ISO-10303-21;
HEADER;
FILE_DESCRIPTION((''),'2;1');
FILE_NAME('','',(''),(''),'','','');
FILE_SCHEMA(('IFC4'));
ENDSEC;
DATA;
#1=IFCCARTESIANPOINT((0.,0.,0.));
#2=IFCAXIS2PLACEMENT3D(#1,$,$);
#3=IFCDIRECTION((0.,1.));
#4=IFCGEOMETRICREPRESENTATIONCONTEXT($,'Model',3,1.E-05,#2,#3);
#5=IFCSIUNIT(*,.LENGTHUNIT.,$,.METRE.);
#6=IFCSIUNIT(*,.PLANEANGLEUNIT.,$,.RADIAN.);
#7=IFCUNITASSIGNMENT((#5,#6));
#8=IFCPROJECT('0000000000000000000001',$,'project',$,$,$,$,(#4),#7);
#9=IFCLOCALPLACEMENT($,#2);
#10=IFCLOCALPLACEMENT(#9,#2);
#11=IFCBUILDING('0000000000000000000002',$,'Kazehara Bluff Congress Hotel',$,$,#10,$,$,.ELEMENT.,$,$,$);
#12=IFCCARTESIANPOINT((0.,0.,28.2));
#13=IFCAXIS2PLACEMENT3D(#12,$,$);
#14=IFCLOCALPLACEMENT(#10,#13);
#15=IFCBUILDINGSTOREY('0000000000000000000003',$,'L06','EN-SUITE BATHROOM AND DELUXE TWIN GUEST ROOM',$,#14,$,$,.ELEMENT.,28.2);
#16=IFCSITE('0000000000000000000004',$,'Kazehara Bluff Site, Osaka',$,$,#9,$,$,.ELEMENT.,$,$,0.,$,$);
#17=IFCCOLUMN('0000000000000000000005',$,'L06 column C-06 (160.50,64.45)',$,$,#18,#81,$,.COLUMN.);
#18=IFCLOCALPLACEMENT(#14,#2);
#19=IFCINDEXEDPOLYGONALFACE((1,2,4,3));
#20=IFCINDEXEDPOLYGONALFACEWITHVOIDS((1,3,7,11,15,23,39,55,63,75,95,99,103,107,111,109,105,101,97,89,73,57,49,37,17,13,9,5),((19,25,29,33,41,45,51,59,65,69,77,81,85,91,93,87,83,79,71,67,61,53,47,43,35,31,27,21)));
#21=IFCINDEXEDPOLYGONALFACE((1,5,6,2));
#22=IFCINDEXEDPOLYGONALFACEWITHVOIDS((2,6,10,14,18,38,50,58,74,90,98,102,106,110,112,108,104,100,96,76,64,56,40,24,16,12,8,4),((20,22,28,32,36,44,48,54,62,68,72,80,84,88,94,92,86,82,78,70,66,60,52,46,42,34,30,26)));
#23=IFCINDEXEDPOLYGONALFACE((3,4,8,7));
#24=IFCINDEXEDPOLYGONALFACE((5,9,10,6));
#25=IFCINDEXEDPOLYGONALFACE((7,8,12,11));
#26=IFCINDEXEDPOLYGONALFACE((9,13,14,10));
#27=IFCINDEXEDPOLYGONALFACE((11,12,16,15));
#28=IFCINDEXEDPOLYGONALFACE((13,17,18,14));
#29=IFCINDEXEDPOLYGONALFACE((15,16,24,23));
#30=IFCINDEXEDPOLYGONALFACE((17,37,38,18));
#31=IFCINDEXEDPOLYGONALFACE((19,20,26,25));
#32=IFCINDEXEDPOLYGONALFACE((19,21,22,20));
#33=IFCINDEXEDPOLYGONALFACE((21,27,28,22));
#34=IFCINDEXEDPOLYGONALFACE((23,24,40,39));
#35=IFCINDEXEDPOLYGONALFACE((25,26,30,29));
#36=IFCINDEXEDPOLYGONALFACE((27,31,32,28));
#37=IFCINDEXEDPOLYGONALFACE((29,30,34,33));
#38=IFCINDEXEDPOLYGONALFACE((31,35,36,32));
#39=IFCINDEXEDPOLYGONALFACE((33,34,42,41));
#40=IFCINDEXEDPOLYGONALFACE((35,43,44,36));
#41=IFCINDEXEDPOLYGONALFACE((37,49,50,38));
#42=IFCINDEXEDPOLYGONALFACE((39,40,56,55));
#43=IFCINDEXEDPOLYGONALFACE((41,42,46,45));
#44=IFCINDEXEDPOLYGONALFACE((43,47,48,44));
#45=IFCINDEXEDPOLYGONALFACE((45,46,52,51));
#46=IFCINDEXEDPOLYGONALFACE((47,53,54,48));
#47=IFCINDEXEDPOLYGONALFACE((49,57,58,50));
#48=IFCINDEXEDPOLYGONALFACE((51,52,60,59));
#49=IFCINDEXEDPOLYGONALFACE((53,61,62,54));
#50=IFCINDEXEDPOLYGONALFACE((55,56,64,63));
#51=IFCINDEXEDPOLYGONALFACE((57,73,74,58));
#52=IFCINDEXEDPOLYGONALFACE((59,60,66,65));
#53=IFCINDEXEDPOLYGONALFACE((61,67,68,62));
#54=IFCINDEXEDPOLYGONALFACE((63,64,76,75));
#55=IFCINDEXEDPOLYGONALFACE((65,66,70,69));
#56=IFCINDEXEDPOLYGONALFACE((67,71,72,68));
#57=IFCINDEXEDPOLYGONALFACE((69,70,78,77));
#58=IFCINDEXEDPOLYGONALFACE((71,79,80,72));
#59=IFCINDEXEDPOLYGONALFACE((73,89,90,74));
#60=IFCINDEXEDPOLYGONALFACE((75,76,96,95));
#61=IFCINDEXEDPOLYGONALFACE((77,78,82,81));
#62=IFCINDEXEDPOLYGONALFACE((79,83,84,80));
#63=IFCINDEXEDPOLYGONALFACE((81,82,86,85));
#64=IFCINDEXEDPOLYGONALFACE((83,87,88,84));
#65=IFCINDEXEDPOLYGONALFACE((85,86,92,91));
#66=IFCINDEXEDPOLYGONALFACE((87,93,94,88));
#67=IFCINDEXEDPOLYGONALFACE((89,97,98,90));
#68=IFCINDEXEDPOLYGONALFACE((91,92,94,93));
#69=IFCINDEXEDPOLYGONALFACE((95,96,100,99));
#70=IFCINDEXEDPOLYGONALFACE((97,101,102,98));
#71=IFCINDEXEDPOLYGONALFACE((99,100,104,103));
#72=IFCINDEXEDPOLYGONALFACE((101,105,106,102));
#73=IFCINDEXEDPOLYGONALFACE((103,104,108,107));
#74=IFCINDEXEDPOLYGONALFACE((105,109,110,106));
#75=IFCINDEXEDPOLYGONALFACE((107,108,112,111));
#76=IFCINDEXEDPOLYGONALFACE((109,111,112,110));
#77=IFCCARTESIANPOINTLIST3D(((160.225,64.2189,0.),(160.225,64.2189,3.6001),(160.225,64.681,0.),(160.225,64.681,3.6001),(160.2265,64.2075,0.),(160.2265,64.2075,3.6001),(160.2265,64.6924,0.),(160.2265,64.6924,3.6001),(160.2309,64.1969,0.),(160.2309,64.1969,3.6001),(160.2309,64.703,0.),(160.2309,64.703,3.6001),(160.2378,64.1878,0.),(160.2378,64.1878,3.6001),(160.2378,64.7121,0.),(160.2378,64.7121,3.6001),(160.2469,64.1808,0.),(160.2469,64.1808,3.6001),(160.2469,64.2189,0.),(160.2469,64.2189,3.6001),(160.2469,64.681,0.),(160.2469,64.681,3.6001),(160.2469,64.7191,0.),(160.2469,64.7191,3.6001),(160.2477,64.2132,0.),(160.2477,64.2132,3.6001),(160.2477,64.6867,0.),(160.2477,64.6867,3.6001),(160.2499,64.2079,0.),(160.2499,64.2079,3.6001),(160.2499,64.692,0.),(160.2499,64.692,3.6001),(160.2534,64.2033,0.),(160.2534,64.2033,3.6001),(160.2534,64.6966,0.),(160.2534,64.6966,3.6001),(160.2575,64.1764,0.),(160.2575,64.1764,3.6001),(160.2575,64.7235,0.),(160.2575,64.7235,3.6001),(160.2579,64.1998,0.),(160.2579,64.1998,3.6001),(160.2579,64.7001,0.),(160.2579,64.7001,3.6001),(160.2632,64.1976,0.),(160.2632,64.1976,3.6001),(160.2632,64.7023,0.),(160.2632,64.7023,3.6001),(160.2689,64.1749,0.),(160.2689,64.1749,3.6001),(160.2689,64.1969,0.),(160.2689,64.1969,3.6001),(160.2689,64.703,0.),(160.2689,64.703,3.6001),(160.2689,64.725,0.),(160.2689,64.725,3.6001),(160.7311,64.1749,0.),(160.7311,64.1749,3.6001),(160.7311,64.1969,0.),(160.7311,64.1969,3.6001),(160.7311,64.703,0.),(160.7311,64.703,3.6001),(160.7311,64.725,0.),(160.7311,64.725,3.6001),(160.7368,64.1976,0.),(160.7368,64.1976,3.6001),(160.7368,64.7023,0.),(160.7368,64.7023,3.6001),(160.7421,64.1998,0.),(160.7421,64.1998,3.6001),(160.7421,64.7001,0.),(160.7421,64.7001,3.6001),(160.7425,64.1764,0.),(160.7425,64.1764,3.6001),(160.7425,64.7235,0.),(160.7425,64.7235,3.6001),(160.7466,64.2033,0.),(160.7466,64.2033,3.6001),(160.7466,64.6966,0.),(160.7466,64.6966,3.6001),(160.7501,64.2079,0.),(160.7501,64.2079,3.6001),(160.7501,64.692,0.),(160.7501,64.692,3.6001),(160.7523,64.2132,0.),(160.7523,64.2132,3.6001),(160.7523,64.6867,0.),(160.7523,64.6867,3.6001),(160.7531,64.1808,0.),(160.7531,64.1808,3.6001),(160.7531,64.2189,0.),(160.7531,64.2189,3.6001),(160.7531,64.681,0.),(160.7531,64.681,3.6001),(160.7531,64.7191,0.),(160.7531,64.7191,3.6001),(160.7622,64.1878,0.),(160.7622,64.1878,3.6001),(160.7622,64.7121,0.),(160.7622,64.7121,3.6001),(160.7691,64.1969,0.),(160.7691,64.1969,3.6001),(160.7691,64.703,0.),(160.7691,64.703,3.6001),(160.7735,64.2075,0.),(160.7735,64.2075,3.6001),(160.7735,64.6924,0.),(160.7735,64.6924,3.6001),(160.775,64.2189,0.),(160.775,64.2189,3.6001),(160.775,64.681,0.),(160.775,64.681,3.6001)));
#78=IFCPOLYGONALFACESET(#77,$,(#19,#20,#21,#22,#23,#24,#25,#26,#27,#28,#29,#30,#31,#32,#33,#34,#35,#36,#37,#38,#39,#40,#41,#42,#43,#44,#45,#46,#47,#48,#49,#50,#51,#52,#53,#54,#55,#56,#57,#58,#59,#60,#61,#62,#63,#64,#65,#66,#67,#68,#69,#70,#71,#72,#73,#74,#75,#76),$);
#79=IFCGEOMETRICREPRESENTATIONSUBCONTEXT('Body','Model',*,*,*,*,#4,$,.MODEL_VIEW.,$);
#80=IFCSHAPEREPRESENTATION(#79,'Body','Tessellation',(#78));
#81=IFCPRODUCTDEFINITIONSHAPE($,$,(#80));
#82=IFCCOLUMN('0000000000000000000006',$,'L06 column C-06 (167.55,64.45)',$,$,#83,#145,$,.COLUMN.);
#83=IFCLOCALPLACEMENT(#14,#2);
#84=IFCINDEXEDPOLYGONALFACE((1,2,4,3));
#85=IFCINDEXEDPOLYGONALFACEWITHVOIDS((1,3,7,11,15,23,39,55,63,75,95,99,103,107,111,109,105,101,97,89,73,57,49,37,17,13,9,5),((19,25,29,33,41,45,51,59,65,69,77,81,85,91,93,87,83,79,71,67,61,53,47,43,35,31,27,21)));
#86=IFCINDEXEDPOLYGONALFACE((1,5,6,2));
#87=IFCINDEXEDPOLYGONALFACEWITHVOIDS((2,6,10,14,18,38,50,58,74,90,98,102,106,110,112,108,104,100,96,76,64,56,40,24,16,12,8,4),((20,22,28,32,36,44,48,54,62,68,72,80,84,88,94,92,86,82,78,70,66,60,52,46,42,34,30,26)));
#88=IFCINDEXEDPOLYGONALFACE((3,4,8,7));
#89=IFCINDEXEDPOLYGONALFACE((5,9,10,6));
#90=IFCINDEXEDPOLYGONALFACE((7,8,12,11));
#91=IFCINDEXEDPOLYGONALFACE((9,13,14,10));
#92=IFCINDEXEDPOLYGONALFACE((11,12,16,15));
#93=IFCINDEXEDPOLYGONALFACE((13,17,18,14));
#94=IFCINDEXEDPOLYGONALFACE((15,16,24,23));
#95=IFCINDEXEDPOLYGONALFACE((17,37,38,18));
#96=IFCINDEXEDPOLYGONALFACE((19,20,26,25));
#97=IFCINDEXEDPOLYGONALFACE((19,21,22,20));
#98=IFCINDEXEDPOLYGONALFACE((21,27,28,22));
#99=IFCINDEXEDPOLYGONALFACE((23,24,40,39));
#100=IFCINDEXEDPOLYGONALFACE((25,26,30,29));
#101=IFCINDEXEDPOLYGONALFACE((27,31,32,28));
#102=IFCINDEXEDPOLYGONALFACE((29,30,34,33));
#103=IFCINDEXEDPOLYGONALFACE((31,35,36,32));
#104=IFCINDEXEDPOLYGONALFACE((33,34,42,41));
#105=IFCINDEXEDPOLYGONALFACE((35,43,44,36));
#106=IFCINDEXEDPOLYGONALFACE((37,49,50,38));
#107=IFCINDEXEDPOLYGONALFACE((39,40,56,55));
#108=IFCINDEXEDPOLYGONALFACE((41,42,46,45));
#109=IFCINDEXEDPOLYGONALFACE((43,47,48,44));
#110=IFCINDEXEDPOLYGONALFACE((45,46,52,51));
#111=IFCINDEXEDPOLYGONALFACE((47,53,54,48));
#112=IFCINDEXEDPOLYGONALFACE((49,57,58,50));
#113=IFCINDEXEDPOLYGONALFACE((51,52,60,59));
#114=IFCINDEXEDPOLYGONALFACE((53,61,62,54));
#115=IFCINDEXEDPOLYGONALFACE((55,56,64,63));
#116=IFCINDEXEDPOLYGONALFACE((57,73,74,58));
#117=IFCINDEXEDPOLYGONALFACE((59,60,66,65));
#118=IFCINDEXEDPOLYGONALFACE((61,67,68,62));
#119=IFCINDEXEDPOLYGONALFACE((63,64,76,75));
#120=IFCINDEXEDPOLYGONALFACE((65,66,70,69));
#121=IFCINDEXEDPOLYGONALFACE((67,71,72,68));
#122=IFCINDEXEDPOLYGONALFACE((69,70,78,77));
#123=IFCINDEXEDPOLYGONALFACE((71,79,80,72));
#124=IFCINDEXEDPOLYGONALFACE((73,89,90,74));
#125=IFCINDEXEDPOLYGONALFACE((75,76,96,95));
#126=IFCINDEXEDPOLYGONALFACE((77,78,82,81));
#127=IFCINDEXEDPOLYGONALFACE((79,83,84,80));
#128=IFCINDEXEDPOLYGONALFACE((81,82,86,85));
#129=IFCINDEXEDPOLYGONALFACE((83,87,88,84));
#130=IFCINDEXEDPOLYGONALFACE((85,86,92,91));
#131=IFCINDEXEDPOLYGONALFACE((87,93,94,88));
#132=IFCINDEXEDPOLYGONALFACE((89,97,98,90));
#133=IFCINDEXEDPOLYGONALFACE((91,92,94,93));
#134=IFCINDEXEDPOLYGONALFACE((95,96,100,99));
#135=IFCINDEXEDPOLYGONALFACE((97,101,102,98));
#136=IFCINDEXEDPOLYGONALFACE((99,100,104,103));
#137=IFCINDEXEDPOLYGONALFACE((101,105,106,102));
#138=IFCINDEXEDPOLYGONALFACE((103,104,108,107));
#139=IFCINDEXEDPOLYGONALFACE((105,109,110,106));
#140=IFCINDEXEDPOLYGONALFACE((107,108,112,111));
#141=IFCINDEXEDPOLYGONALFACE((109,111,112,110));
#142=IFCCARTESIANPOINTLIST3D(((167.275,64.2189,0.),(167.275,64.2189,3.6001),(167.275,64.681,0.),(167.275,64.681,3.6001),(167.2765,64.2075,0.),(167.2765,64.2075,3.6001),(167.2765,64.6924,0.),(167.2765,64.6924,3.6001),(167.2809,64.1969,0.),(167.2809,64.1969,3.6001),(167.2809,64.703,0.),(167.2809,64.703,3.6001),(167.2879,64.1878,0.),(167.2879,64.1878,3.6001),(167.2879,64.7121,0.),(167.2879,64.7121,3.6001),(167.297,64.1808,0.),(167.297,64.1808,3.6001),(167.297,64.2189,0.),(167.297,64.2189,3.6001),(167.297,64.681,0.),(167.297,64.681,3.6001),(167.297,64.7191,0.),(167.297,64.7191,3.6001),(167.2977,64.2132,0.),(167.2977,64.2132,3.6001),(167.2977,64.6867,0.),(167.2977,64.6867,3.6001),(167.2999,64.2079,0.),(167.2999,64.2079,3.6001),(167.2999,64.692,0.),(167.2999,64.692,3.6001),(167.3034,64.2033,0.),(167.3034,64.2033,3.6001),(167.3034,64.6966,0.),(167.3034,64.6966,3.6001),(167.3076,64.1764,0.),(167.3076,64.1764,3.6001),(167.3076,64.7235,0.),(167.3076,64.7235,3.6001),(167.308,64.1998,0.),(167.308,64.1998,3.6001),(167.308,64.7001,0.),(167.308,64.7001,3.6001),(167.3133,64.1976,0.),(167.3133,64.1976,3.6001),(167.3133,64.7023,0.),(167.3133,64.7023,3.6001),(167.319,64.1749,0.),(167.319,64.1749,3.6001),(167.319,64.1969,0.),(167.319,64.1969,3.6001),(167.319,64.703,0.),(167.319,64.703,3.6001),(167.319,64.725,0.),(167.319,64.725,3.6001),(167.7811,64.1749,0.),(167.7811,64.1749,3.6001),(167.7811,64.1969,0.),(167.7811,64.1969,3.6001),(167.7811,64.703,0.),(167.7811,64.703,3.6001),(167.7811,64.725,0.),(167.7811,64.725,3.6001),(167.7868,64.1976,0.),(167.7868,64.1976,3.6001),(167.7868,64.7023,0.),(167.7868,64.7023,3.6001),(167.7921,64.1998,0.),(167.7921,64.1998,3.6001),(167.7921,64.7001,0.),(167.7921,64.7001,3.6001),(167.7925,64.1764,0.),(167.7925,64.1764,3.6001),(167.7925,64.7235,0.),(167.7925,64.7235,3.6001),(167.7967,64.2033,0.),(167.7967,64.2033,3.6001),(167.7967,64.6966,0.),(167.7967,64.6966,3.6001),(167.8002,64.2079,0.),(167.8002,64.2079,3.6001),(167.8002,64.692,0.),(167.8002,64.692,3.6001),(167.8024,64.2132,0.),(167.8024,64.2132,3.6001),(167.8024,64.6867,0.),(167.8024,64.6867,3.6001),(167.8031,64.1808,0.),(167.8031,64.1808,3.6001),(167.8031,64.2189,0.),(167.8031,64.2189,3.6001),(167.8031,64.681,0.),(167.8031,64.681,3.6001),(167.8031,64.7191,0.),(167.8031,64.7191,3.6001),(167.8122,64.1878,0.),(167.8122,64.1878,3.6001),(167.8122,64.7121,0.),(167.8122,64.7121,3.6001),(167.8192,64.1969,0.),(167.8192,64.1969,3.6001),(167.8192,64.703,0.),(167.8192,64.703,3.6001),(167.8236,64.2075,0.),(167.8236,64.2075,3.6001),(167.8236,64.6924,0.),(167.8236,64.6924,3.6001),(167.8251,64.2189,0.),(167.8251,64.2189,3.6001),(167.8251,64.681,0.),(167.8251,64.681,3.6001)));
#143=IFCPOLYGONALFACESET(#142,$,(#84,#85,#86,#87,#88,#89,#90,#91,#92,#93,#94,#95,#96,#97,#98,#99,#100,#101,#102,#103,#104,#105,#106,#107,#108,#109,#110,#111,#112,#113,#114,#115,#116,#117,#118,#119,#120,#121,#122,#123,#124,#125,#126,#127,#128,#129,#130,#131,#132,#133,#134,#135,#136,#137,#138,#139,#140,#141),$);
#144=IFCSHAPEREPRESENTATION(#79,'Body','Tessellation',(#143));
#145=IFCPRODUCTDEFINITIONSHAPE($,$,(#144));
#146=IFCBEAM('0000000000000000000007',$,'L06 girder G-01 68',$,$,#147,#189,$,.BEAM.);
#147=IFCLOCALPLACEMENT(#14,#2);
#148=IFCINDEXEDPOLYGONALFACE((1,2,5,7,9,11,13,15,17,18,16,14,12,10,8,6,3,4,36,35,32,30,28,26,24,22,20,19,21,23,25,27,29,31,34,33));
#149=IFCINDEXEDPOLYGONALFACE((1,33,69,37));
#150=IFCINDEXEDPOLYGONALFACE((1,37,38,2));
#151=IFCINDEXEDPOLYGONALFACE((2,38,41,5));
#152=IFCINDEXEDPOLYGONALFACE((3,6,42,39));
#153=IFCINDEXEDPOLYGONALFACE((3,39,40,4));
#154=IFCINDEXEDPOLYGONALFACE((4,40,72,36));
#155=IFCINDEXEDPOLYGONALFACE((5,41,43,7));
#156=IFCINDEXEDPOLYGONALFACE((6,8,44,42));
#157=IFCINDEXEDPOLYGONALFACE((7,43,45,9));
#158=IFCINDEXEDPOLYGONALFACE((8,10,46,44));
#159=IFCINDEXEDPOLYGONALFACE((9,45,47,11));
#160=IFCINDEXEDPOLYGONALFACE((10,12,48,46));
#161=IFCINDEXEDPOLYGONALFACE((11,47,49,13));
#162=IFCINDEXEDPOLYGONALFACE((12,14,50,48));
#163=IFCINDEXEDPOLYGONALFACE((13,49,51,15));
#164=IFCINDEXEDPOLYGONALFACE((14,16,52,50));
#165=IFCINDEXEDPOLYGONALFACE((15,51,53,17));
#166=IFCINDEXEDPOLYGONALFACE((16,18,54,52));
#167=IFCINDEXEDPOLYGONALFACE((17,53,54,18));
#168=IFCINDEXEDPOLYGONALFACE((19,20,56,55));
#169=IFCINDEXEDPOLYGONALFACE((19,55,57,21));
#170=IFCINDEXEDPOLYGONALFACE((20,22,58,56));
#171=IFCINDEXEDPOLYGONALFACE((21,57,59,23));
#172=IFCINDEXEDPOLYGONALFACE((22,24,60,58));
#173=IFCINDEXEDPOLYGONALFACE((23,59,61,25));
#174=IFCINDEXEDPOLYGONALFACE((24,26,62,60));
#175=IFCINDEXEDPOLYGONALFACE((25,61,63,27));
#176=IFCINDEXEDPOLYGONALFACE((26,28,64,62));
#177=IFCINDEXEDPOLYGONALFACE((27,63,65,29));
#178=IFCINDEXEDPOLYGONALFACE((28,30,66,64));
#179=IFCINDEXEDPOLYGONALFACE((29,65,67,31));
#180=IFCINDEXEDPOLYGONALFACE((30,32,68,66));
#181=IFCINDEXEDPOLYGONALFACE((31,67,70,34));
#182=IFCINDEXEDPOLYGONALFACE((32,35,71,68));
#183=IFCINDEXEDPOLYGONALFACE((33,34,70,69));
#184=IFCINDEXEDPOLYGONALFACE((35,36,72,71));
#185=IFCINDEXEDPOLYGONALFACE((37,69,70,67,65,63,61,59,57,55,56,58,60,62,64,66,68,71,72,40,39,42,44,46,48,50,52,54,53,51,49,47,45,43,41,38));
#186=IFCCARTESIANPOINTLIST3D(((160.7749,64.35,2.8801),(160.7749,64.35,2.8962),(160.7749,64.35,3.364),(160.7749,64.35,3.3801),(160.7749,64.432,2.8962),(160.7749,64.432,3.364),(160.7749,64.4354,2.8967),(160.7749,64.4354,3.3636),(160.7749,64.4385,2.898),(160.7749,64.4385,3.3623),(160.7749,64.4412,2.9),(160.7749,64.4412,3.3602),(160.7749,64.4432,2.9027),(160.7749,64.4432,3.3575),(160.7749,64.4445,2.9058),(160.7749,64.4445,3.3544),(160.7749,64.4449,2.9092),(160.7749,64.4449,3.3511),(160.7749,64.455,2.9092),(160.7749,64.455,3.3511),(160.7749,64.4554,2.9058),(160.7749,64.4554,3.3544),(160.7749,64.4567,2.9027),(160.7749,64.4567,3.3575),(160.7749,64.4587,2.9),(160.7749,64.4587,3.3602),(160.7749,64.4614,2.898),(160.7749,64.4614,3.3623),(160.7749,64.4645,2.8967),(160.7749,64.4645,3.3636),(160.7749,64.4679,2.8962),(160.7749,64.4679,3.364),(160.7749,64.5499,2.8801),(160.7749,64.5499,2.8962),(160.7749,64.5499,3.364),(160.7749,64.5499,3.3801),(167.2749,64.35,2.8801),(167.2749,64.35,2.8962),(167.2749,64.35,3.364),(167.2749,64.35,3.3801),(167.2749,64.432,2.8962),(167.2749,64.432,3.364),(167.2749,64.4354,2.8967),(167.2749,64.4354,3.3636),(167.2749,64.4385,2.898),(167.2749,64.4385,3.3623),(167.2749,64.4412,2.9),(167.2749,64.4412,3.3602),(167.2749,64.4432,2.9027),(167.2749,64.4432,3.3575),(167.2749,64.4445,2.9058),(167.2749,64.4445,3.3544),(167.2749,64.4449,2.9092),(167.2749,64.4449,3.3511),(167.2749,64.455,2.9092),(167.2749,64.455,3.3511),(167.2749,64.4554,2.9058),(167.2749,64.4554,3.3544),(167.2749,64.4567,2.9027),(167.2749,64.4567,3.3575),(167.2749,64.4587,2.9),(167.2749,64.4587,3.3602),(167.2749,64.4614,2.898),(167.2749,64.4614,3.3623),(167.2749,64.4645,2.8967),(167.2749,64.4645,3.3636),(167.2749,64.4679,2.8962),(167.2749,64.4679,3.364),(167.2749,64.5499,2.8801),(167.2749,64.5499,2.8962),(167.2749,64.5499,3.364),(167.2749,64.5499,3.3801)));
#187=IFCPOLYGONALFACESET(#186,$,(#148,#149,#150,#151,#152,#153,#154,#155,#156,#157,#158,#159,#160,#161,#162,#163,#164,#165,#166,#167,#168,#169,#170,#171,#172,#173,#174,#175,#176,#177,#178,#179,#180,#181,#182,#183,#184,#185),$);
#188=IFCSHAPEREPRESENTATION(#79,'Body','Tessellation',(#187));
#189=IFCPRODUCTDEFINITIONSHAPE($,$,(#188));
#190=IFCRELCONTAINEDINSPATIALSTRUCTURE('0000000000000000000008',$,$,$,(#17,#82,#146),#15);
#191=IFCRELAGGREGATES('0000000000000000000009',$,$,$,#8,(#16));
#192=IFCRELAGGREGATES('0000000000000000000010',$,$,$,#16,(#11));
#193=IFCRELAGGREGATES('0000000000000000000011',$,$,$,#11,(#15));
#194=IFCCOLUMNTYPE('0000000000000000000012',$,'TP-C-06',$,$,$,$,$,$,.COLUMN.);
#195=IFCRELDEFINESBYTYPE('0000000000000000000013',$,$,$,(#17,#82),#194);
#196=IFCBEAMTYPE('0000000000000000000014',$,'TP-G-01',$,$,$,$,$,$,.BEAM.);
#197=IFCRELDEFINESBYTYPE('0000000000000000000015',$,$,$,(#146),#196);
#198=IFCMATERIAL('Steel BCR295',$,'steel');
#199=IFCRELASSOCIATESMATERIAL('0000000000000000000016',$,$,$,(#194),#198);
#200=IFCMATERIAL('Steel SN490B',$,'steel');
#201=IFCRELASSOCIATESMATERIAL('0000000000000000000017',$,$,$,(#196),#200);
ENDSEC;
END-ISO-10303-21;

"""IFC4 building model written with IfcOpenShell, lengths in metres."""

from ifc_helpers import new_model, si_unit, direction, frame, origin, origin_2d, place, context, subcontext, project, spatial, hollow_rectangle, i_section, extrude, material, material_profile, profile_set, type_object, element, save


model = new_model("IFC4")

# Units and contexts
model_context = context("Model", 3, precision=1e-05, world=origin(), true_north=direction((0.0, 1.0)))
body_context = subcontext(model_context, "Body", "Model", "MODEL_VIEW")
ifc_project = project(units=[si_unit("LENGTHUNIT", "METRE"), si_unit("PLANEANGLEUNIT", "RADIAN")], contexts=[model_context])

# Site, building, storey
site_placement = place(None, origin())
site = spatial("IfcSite", under=ifc_project, at=site_placement, Name="Kazehara Bluff Site, Osaka", CompositionType="ELEMENT", RefElevation=0.0)
building_placement = place(site_placement, origin())
building = spatial("IfcBuilding", under=site, at=building_placement, Name="Kazehara Bluff Congress Hotel", CompositionType="ELEMENT")
storey_placement = place(building_placement, frame((0.0, 0.0, 28.2)))
storey = spatial("IfcBuildingStorey", under=building, at=storey_placement, Name="L06", Description="EN-SUITE BATHROOM AND DELUXE TWIN GUEST ROOM", CompositionType="ELEMENT", Elevation=28.2)

# Columns
ifc_material_1 = material(Name="Steel BCR295", Category="steel")
ifc_material_profile_1 = material_profile(ifc_material_1, hollow_rectangle(XDim=0.55, YDim=0.55, WallThickness=0.022, InnerFilletRadius=0.022, OuterFilletRadius=0.0439, at=origin_2d()))
ifc_profile_set_1 = profile_set([ifc_material_profile_1], Name="Steel BCR295")
column_type = type_object("IfcColumnType", Name="TP-C-06", PredefinedType="COLUMN", material=ifc_profile_set_1)
for number, where, z_axis, x_axis, name in (
    (1, (160.5, 64.45, 0.0), (0.0, 0.0, 1.0), (1.0, 0.0, 0.0), "L06 column C-06 (160.50,64.45)"),
    (2, (167.55, 64.45, 0.0), (0.0, 0.0, 1.0), (1.0, 0.0, 0.0), "L06 column C-06 (167.55,64.45)"),
):
    element("IfcColumn", number, at=place(storey_placement, frame(where, z_axis=z_axis, x_axis=x_axis)), inside=storey, type_object=column_type, Name=name, PredefinedType="COLUMN", context=body_context, shape_type="SweptSolid", body=[
        extrude(hollow_rectangle(XDim=0.55, YDim=0.55, WallThickness=0.022, InnerFilletRadius=0.022, OuterFilletRadius=0.0439, at=origin_2d()), origin(), (0.0, 0.0, 1.0), 3.6001),
    ])

# Beam
ifc_material_2 = material(Name="Steel SN490B", Category="steel")
ifc_material_profile_2 = material_profile(ifc_material_2, i_section(OverallWidth=0.2, OverallDepth=0.5, WebThickness=0.01, FlangeThickness=0.0161, FilletRadius=0.0129, at=origin_2d()))
ifc_profile_set_2 = profile_set([ifc_material_profile_2], Name="Steel SN490B")
beam_type = type_object("IfcBeamType", Name="TP-G-01", PredefinedType="BEAM", material=ifc_profile_set_2)
beam_placement = place(storey_placement, frame((160.7749, 64.45, 3.1301), z_axis=(1.0, 0.0, 0.0), x_axis=(0.0, 1.0, 0.0)))
element("IfcBeam", 3, at=beam_placement, inside=storey, type_object=beam_type, Name="L06 girder G-01 68", PredefinedType="BEAM", context=body_context, shape_type="SweptSolid", body=[
    extrude(i_section(OverallWidth=0.2, OverallDepth=0.5, WebThickness=0.01, FlangeThickness=0.0161, FilletRadius=0.0129, at=origin_2d()), origin(), (0.0, 0.0, 1.0), 6.5),
])

save(model, "model.ifc")
